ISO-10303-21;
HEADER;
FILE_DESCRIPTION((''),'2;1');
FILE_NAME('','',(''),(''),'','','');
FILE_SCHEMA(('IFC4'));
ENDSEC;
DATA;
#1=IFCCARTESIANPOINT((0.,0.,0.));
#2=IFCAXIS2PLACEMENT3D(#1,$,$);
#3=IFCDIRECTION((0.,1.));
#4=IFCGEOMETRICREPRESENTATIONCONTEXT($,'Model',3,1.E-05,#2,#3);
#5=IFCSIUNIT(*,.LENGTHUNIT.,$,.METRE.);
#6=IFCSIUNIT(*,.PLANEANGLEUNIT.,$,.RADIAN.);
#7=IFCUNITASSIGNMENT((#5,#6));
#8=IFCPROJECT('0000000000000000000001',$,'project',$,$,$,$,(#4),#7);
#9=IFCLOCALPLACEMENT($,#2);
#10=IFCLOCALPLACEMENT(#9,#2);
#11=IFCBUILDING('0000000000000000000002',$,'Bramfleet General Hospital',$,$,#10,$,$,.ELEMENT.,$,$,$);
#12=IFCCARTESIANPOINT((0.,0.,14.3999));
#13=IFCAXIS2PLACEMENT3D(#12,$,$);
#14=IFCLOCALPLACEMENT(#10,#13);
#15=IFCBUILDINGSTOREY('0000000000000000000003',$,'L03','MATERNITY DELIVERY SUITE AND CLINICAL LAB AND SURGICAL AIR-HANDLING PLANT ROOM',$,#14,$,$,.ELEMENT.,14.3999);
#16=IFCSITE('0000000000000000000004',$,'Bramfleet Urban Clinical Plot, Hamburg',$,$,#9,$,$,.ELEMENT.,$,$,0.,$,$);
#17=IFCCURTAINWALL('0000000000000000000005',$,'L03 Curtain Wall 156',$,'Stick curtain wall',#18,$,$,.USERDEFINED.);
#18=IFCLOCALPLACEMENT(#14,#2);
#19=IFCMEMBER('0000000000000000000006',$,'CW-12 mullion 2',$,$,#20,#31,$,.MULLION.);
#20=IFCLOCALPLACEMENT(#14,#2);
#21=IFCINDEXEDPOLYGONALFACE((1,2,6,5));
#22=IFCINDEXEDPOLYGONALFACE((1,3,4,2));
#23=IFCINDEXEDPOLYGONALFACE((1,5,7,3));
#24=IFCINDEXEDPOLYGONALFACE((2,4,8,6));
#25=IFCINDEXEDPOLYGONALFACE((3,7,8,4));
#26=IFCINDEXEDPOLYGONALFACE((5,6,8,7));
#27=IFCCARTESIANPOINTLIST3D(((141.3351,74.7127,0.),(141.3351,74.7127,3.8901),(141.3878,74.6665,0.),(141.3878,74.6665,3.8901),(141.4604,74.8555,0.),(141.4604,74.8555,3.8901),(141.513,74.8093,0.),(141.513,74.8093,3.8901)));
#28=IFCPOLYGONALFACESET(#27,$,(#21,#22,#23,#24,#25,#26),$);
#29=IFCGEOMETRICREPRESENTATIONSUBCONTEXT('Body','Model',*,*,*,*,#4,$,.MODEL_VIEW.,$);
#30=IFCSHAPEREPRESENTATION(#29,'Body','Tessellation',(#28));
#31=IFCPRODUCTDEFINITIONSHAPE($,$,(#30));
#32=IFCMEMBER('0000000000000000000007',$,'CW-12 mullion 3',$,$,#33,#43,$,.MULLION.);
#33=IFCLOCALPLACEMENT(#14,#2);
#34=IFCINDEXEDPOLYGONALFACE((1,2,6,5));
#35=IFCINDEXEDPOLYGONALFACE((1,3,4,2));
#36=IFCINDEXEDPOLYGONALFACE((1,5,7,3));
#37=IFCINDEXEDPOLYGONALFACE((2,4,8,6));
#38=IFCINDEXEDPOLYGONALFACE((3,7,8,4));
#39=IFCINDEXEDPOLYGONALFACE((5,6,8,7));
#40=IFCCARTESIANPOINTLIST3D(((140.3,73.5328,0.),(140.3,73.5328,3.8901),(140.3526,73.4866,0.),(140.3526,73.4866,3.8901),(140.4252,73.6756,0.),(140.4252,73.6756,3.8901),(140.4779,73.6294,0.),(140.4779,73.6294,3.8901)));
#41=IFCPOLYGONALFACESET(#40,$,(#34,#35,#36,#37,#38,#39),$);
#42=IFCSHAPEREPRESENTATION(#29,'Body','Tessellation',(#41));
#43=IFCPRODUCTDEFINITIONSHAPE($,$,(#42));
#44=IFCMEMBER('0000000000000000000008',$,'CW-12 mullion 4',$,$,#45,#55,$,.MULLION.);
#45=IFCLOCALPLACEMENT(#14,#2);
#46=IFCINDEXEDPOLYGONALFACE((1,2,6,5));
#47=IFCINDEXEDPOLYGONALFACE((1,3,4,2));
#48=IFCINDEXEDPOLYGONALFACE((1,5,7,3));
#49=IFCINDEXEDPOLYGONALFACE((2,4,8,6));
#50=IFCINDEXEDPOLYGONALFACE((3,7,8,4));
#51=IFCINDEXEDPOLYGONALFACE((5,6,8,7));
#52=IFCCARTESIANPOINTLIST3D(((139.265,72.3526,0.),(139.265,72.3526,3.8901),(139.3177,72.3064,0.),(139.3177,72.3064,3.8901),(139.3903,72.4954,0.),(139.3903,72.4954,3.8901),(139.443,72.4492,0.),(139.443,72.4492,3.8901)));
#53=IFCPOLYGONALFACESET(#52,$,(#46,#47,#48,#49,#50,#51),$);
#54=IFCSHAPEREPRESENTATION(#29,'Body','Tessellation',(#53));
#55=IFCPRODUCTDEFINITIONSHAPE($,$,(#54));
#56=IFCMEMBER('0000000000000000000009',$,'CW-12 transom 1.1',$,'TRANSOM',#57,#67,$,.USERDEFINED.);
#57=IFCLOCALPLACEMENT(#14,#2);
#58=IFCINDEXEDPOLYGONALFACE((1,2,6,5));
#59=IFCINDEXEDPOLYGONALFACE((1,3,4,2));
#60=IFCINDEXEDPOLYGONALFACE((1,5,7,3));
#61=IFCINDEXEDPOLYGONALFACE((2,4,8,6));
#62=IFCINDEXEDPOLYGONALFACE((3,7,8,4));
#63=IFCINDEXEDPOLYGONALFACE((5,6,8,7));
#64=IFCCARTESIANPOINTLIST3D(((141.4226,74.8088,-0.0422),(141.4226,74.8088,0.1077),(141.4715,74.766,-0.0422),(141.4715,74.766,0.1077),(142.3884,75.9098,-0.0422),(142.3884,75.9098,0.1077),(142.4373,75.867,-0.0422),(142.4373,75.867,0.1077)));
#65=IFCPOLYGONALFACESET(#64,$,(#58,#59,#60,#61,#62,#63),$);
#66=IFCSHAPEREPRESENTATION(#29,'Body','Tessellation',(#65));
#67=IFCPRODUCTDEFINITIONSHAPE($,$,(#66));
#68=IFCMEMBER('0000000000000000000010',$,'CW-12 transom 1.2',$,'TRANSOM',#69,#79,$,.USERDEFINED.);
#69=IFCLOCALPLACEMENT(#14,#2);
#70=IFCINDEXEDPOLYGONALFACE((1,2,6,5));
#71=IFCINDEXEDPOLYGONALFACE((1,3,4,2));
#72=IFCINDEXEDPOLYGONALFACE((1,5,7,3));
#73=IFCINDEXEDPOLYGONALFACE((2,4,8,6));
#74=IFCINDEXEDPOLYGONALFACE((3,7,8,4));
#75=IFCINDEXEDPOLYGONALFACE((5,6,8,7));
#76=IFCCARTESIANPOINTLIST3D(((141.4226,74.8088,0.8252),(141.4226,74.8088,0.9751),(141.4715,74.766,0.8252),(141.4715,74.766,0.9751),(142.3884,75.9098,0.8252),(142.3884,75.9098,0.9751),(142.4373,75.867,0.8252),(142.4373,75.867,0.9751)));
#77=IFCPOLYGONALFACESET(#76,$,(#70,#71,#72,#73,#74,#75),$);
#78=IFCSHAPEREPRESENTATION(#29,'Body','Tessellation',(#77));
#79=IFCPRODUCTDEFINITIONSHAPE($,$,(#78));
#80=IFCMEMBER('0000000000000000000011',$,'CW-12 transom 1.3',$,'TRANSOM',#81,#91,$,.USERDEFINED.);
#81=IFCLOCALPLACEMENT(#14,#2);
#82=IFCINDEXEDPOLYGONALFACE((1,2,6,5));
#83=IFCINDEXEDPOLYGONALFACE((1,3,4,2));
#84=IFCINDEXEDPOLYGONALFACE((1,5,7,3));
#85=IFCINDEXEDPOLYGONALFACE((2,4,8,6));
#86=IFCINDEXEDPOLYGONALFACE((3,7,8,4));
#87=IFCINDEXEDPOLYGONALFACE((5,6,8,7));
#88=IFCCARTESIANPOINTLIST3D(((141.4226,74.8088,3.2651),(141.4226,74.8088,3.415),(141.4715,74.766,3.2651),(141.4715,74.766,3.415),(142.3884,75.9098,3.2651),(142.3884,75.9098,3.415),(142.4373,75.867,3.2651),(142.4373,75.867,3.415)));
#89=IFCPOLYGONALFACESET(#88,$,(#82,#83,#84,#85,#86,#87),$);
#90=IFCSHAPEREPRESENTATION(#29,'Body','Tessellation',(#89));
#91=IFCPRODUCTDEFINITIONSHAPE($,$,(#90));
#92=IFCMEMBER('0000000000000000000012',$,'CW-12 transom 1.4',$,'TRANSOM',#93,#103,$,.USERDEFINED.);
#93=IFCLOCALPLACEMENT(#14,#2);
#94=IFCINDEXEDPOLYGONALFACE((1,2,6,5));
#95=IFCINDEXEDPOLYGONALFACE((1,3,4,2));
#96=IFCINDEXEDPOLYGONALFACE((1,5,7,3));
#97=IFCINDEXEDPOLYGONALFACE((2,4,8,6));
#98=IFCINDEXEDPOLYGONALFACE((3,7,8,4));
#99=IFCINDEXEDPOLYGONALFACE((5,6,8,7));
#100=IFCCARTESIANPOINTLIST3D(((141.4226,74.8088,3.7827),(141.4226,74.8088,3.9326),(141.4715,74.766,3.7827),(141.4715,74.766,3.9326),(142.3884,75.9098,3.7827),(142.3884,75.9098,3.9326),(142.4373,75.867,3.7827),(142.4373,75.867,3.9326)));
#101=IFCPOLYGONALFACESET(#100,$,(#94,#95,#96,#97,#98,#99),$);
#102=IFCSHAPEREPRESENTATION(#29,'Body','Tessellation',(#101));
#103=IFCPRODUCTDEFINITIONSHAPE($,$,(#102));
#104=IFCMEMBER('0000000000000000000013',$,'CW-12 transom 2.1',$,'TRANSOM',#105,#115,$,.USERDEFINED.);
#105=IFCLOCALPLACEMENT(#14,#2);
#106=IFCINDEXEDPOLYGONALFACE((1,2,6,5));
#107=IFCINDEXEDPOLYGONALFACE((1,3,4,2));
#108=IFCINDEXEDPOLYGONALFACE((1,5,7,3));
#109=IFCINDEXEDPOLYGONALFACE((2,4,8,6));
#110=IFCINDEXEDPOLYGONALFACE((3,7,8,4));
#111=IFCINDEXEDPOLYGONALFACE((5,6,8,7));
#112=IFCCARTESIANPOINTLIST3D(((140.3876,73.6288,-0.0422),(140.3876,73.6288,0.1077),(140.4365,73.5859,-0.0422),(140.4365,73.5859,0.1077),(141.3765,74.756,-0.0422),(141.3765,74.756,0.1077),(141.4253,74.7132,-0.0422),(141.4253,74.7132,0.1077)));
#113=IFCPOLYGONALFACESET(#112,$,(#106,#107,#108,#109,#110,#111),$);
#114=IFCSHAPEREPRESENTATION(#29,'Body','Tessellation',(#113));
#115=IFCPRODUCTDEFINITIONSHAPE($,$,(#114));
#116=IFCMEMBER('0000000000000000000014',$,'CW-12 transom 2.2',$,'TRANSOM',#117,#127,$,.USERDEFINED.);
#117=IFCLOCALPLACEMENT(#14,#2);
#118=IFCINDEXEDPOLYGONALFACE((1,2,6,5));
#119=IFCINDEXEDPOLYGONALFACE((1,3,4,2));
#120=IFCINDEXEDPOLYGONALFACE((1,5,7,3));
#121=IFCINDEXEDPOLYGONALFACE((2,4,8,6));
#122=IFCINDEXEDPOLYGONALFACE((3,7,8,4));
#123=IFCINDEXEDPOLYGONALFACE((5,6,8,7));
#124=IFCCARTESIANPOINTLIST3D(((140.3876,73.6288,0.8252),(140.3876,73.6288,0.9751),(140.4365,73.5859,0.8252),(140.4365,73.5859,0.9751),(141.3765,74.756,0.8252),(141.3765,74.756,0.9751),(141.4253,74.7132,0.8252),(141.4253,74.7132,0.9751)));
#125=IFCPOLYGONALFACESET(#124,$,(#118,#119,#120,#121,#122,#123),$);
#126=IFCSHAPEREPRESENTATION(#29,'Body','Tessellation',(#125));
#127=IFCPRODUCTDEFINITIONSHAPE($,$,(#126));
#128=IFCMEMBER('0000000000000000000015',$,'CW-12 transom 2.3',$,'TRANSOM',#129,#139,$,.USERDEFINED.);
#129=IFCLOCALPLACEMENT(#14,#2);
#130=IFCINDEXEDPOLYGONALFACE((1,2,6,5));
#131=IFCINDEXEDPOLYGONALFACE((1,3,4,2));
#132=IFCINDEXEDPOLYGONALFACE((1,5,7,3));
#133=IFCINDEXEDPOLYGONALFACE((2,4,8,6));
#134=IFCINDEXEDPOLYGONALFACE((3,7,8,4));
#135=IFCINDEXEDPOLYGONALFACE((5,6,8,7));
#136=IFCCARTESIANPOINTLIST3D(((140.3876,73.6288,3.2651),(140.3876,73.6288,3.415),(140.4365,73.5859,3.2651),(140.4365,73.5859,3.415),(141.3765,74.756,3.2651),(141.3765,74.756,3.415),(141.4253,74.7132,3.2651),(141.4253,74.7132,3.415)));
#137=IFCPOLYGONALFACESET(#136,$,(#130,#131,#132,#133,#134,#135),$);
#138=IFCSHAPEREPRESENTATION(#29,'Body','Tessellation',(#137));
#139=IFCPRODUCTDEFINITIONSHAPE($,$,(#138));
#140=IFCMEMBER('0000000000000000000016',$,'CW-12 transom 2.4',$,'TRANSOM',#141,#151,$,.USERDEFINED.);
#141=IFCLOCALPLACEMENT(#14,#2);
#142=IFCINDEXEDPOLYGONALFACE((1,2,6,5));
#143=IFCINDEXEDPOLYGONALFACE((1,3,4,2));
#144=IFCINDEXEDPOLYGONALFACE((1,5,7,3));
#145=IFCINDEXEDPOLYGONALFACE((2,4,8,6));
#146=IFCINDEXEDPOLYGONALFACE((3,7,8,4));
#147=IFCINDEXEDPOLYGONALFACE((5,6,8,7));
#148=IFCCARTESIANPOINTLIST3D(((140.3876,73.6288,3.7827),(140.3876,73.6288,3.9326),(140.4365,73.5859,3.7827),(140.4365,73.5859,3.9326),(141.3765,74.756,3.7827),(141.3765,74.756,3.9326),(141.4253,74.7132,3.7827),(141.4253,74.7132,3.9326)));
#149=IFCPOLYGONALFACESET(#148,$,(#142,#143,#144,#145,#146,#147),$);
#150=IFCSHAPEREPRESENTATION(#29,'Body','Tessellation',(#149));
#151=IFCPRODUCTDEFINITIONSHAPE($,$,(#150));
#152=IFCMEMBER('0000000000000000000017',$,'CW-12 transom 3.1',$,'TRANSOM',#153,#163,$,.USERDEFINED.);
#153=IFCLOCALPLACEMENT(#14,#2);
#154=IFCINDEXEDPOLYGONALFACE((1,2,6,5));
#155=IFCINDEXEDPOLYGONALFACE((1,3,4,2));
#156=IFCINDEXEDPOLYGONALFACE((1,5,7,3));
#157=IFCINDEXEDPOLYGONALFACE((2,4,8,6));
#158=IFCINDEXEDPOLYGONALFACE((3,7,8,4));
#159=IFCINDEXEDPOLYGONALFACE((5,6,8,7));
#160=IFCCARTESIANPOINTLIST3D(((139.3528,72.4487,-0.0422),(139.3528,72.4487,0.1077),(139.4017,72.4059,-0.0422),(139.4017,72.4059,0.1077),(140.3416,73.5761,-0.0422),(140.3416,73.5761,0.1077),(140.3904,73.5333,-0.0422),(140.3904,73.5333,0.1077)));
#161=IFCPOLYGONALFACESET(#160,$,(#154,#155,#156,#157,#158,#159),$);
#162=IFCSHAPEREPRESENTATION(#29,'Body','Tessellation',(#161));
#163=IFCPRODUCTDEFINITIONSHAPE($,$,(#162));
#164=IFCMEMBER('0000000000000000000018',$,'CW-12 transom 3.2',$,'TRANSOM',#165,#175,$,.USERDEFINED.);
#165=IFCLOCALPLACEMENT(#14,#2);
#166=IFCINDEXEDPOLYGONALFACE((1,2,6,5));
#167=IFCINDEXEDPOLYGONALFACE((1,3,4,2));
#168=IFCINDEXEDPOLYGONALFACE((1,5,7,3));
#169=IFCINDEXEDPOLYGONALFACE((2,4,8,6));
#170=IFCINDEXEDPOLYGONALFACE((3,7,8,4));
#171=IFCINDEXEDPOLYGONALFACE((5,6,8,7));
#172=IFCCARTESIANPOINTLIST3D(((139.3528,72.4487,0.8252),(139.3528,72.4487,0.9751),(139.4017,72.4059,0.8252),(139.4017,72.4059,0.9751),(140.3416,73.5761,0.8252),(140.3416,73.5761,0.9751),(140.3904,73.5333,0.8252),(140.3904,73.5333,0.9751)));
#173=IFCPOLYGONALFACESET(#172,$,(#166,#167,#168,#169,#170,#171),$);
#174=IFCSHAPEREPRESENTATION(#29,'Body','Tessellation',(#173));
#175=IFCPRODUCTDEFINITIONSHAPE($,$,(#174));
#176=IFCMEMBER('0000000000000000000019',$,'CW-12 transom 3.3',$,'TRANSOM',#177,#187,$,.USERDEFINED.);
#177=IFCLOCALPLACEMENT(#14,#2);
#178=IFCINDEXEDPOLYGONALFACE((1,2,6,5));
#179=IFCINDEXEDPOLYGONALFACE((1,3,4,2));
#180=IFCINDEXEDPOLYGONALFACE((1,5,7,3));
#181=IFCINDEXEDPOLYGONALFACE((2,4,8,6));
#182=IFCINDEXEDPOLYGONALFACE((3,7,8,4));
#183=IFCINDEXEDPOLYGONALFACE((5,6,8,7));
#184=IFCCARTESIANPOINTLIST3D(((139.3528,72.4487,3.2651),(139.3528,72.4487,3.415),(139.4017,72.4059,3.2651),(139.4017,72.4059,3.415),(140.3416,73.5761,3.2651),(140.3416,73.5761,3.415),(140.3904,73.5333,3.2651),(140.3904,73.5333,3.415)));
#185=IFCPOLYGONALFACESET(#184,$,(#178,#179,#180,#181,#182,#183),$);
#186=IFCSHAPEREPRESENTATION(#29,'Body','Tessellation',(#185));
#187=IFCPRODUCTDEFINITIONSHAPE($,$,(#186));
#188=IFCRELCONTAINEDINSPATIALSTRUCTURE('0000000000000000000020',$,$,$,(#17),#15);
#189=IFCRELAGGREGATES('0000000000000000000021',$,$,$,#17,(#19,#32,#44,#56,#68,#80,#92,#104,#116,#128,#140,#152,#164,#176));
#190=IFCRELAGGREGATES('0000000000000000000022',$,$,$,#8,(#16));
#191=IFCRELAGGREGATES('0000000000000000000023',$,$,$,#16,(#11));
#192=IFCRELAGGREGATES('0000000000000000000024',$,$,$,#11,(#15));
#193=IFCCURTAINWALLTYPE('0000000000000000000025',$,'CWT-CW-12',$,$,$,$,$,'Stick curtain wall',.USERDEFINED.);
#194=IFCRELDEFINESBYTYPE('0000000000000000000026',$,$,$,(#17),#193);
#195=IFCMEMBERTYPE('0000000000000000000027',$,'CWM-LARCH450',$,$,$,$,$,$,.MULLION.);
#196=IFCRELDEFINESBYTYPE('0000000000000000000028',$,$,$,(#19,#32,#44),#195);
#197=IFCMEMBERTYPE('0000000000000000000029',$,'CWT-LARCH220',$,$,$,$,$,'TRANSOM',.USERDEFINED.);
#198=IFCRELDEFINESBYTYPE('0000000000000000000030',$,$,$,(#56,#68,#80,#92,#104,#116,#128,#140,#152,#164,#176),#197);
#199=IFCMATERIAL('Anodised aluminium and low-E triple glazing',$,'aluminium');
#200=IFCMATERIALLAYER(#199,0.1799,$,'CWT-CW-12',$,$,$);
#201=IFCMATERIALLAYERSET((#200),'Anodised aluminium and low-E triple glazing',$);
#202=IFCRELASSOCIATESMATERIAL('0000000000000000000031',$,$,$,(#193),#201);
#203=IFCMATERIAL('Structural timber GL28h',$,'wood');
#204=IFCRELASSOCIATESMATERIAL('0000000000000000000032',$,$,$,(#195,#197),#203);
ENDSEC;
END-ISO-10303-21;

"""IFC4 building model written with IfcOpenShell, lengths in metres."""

from ifc_helpers import new_model, si_unit, direction, frame, origin, origin_2d, place, context, subcontext, project, spatial, rectangle, extrude, material, layer, layer_set, material_profile, profile_set, type_object, element, aggregate, save


model = new_model("IFC4")

# Units and contexts
model_context = context("Model", 3, precision=1e-05, world=origin(), true_north=direction((0.0, 1.0)))
body_context = subcontext(model_context, "Body", "Model", "MODEL_VIEW")
ifc_project = project(units=[si_unit("LENGTHUNIT", "METRE"), si_unit("PLANEANGLEUNIT", "RADIAN")], contexts=[model_context])

# Site, building, storey
site_placement = place(None, origin())
site = spatial("IfcSite", under=ifc_project, at=site_placement, Name="Bramfleet Urban Clinical Plot, Hamburg", CompositionType="ELEMENT", RefElevation=0.0)
building_placement = place(site_placement, origin())
building = spatial("IfcBuilding", under=site, at=building_placement, Name="Bramfleet General Hospital", CompositionType="ELEMENT")
storey_placement = place(building_placement, frame((0.0, 0.0, 14.3999)))
storey = spatial("IfcBuildingStorey", under=building, at=storey_placement, Name="L03", Description="MATERNITY DELIVERY SUITE AND CLINICAL LAB AND SURGICAL AIR-HANDLING PLANT ROOM", CompositionType="ELEMENT", Elevation=14.3999)

# Curtain wall, members
ifc_material_1 = material(Name="Anodised aluminium and low-E triple glazing", Category="aluminium")
ifc_layer_1 = layer(ifc_material_1, 0.1799, Name="CWT-CW-12")
ifc_layer_set_1 = layer_set([ifc_layer_1], Name="Anodised aluminium and low-E triple glazing")
curtain_wall_type = type_object("IfcCurtainWallType", Name="CWT-CW-12", ElementType="Stick curtain wall", PredefinedType="USERDEFINED", material=ifc_layer_set_1)
curtain_wall_placement = place(storey_placement, origin())
curtain_wall = element("IfcCurtainWall", 1, at=curtain_wall_placement, inside=storey, type_object=curtain_wall_type, Name="L03 Curtain Wall 156", ObjectType="Stick curtain wall", PredefinedType="USERDEFINED")
ifc_material_2 = material(Name="Structural timber GL28h", Category="wood")
ifc_material_profile_1 = material_profile(ifc_material_2, rectangle(XDim=0.0701, YDim=0.1899, at=origin_2d()), Name="LARCH 190x70")
ifc_profile_set_1 = profile_set([ifc_material_profile_1], Name="Structural timber GL28h")
member_type_1 = type_object("IfcMemberType", Name="CWM-LARCH450", PredefinedType="MULLION", material=ifc_profile_set_1)
member_1_placement = place(storey_placement, frame((141.4241, 74.761, 0.0), z_axis=(0.0, 0.0, 1.0), x_axis=(0.751787, -0.659406, 0.0)))
member_1 = element("IfcMember", 2, at=member_1_placement, type_object=member_type_1, Name="CW-12 mullion 2", PredefinedType="MULLION", context=body_context, shape_type="SweptSolid", body=[
    extrude(rectangle(XDim=0.0701, YDim=0.1899, at=origin_2d()), origin(), (0.0, 0.0, 1.0), 3.8901),
])
member_2_placement = place(storey_placement, frame((140.3889, 73.5811, 0.0), z_axis=(0.0, 0.0, 1.0), x_axis=(0.751787, -0.659406, 0.0)))
member_2 = element("IfcMember", 3, at=member_2_placement, type_object=member_type_1, Name="CW-12 mullion 3", PredefinedType="MULLION", context=body_context, shape_type="SweptSolid", body=[
    extrude(rectangle(XDim=0.0701, YDim=0.1899, at=origin_2d()), origin(), (0.0, 0.0, 1.0), 3.8901),
])
member_3_placement = place(storey_placement, frame((139.354, 72.4009, 0.0), z_axis=(0.0, 0.0, 1.0), x_axis=(0.751787, -0.659406, 0.0)))
member_3 = element("IfcMember", 4, at=member_3_placement, type_object=member_type_1, Name="CW-12 mullion 4", PredefinedType="MULLION", context=body_context, shape_type="SweptSolid", body=[
    extrude(rectangle(XDim=0.0701, YDim=0.1899, at=origin_2d()), origin(), (0.0, 0.0, 1.0), 3.8901),
])
ifc_material_profile_2 = material_profile(ifc_material_2, rectangle(XDim=0.0649, YDim=0.1499, at=origin_2d()), Name="LARCH 150x65")
ifc_profile_set_2 = profile_set([ifc_material_profile_2], Name="Structural timber GL28h")
member_type_2 = type_object("IfcMemberType", Name="CWT-LARCH220", ElementType="TRANSOM", PredefinedType="USERDEFINED", material=ifc_profile_set_2)
member_4_placement = place(storey_placement, frame((142.4128, 75.8884, 0.0327), z_axis=(-0.659425, -0.751771, 0.0), x_axis=(0.751771, -0.659425, 0.0)))
member_4 = element("IfcMember", 5, at=member_4_placement, type_object=member_type_2, Name="CW-12 transom 1.1", ObjectType="TRANSOM", PredefinedType="USERDEFINED", context=body_context, shape_type="SweptSolid", body=[
    extrude(rectangle(XDim=0.0649, YDim=0.1499, at=origin_2d()), origin(), (0.0, 0.0, 1.0), 1.4646),
])
member_5_placement = place(storey_placement, frame((142.4128, 75.8884, 0.9001), z_axis=(-0.659425, -0.751771, 0.0), x_axis=(0.751771, -0.659425, 0.0)))
member_5 = element("IfcMember", 6, at=member_5_placement, type_object=member_type_2, Name="CW-12 transom 1.2", ObjectType="TRANSOM", PredefinedType="USERDEFINED", context=body_context, shape_type="SweptSolid", body=[
    extrude(rectangle(XDim=0.0649, YDim=0.1499, at=origin_2d()), origin(), (0.0, 0.0, 1.0), 1.4646),
])
member_6_placement = place(storey_placement, frame((142.4128, 75.8884, 3.3401), z_axis=(-0.659425, -0.751771, 0.0), x_axis=(0.751771, -0.659425, 0.0)))
member_6 = element("IfcMember", 7, at=member_6_placement, type_object=member_type_2, Name="CW-12 transom 1.3", ObjectType="TRANSOM", PredefinedType="USERDEFINED", context=body_context, shape_type="SweptSolid", body=[
    extrude(rectangle(XDim=0.0649, YDim=0.1499, at=origin_2d()), origin(), (0.0, 0.0, 1.0), 1.4646),
])
member_7_placement = place(storey_placement, frame((142.4128, 75.8884, 3.8577), z_axis=(-0.659425, -0.751771, 0.0), x_axis=(0.751771, -0.659425, 0.0)))
member_7 = element("IfcMember", 8, at=member_7_placement, type_object=member_type_2, Name="CW-12 transom 1.4", ObjectType="TRANSOM", PredefinedType="USERDEFINED", context=body_context, shape_type="SweptSolid", body=[
    extrude(rectangle(XDim=0.0649, YDim=0.1499, at=origin_2d()), origin(), (0.0, 0.0, 1.0), 1.4646),
])
member_8_placement = place(storey_placement, frame((141.4009, 74.7346, 0.0327), z_axis=(-0.659438, -0.751759, 0.0), x_axis=(0.751759, -0.659438, 0.0)))
member_8 = element("IfcMember", 9, at=member_8_placement, type_object=member_type_2, Name="CW-12 transom 2.1", ObjectType="TRANSOM", PredefinedType="USERDEFINED", context=body_context, shape_type="SweptSolid", body=[
    extrude(rectangle(XDim=0.0649, YDim=0.1499, at=origin_2d()), origin(), (0.0, 0.0, 1.0), 1.4995),
])
member_9_placement = place(storey_placement, frame((141.4009, 74.7346, 0.9001), z_axis=(-0.659438, -0.751759, 0.0), x_axis=(0.751759, -0.659438, 0.0)))
member_9 = element("IfcMember", 10, at=member_9_placement, type_object=member_type_2, Name="CW-12 transom 2.2", ObjectType="TRANSOM", PredefinedType="USERDEFINED", context=body_context, shape_type="SweptSolid", body=[
    extrude(rectangle(XDim=0.0649, YDim=0.1499, at=origin_2d()), origin(), (0.0, 0.0, 1.0), 1.4995),
])
member_10_placement = place(storey_placement, frame((141.4009, 74.7346, 3.3401), z_axis=(-0.659438, -0.751759, 0.0), x_axis=(0.751759, -0.659438, 0.0)))
member_10 = element("IfcMember", 11, at=member_10_placement, type_object=member_type_2, Name="CW-12 transom 2.3", ObjectType="TRANSOM", PredefinedType="USERDEFINED", context=body_context, shape_type="SweptSolid", body=[
    extrude(rectangle(XDim=0.0649, YDim=0.1499, at=origin_2d()), origin(), (0.0, 0.0, 1.0), 1.4995),
])
member_11_placement = place(storey_placement, frame((141.4009, 74.7346, 3.8577), z_axis=(-0.659438, -0.751759, 0.0), x_axis=(0.751759, -0.659438, 0.0)))
member_11 = element("IfcMember", 12, at=member_11_placement, type_object=member_type_2, Name="CW-12 transom 2.4", ObjectType="TRANSOM", PredefinedType="USERDEFINED", context=body_context, shape_type="SweptSolid", body=[
    extrude(rectangle(XDim=0.0649, YDim=0.1499, at=origin_2d()), origin(), (0.0, 0.0, 1.0), 1.4995),
])
member_12_placement = place(storey_placement, frame((140.366, 73.5547, 0.0327), z_axis=(-0.659357, -0.75183, 0.0), x_axis=(0.75183, -0.659357, 0.0)))
member_12 = element("IfcMember", 13, at=member_12_placement, type_object=member_type_2, Name="CW-12 transom 3.1", ObjectType="TRANSOM", PredefinedType="USERDEFINED", context=body_context, shape_type="SweptSolid", body=[
    extrude(rectangle(XDim=0.0649, YDim=0.1499, at=origin_2d()), origin(), (0.0, 0.0, 1.0), 1.4995),
])
member_13_placement = place(storey_placement, frame((140.366, 73.5547, 0.9001), z_axis=(-0.659357, -0.75183, 0.0), x_axis=(0.75183, -0.659357, 0.0)))
member_13 = element("IfcMember", 14, at=member_13_placement, type_object=member_type_2, Name="CW-12 transom 3.2", ObjectType="TRANSOM", PredefinedType="USERDEFINED", context=body_context, shape_type="SweptSolid", body=[
    extrude(rectangle(XDim=0.0649, YDim=0.1499, at=origin_2d()), origin(), (0.0, 0.0, 1.0), 1.4995),
])
member_14_placement = place(storey_placement, frame((140.366, 73.5547, 3.3401), z_axis=(-0.659357, -0.75183, 0.0), x_axis=(0.75183, -0.659357, 0.0)))
member_14 = element("IfcMember", 15, at=member_14_placement, type_object=member_type_2, Name="CW-12 transom 3.3", ObjectType="TRANSOM", PredefinedType="USERDEFINED", context=body_context, shape_type="SweptSolid", body=[
    extrude(rectangle(XDim=0.0649, YDim=0.1499, at=origin_2d()), origin(), (0.0, 0.0, 1.0), 1.4995),
])
aggregate(curtain_wall, [member_1, member_2, member_3, member_4, member_5, member_6, member_7, member_8, member_9, member_10, member_11, member_12, member_13, member_14])

save(model, "model.ifc")
